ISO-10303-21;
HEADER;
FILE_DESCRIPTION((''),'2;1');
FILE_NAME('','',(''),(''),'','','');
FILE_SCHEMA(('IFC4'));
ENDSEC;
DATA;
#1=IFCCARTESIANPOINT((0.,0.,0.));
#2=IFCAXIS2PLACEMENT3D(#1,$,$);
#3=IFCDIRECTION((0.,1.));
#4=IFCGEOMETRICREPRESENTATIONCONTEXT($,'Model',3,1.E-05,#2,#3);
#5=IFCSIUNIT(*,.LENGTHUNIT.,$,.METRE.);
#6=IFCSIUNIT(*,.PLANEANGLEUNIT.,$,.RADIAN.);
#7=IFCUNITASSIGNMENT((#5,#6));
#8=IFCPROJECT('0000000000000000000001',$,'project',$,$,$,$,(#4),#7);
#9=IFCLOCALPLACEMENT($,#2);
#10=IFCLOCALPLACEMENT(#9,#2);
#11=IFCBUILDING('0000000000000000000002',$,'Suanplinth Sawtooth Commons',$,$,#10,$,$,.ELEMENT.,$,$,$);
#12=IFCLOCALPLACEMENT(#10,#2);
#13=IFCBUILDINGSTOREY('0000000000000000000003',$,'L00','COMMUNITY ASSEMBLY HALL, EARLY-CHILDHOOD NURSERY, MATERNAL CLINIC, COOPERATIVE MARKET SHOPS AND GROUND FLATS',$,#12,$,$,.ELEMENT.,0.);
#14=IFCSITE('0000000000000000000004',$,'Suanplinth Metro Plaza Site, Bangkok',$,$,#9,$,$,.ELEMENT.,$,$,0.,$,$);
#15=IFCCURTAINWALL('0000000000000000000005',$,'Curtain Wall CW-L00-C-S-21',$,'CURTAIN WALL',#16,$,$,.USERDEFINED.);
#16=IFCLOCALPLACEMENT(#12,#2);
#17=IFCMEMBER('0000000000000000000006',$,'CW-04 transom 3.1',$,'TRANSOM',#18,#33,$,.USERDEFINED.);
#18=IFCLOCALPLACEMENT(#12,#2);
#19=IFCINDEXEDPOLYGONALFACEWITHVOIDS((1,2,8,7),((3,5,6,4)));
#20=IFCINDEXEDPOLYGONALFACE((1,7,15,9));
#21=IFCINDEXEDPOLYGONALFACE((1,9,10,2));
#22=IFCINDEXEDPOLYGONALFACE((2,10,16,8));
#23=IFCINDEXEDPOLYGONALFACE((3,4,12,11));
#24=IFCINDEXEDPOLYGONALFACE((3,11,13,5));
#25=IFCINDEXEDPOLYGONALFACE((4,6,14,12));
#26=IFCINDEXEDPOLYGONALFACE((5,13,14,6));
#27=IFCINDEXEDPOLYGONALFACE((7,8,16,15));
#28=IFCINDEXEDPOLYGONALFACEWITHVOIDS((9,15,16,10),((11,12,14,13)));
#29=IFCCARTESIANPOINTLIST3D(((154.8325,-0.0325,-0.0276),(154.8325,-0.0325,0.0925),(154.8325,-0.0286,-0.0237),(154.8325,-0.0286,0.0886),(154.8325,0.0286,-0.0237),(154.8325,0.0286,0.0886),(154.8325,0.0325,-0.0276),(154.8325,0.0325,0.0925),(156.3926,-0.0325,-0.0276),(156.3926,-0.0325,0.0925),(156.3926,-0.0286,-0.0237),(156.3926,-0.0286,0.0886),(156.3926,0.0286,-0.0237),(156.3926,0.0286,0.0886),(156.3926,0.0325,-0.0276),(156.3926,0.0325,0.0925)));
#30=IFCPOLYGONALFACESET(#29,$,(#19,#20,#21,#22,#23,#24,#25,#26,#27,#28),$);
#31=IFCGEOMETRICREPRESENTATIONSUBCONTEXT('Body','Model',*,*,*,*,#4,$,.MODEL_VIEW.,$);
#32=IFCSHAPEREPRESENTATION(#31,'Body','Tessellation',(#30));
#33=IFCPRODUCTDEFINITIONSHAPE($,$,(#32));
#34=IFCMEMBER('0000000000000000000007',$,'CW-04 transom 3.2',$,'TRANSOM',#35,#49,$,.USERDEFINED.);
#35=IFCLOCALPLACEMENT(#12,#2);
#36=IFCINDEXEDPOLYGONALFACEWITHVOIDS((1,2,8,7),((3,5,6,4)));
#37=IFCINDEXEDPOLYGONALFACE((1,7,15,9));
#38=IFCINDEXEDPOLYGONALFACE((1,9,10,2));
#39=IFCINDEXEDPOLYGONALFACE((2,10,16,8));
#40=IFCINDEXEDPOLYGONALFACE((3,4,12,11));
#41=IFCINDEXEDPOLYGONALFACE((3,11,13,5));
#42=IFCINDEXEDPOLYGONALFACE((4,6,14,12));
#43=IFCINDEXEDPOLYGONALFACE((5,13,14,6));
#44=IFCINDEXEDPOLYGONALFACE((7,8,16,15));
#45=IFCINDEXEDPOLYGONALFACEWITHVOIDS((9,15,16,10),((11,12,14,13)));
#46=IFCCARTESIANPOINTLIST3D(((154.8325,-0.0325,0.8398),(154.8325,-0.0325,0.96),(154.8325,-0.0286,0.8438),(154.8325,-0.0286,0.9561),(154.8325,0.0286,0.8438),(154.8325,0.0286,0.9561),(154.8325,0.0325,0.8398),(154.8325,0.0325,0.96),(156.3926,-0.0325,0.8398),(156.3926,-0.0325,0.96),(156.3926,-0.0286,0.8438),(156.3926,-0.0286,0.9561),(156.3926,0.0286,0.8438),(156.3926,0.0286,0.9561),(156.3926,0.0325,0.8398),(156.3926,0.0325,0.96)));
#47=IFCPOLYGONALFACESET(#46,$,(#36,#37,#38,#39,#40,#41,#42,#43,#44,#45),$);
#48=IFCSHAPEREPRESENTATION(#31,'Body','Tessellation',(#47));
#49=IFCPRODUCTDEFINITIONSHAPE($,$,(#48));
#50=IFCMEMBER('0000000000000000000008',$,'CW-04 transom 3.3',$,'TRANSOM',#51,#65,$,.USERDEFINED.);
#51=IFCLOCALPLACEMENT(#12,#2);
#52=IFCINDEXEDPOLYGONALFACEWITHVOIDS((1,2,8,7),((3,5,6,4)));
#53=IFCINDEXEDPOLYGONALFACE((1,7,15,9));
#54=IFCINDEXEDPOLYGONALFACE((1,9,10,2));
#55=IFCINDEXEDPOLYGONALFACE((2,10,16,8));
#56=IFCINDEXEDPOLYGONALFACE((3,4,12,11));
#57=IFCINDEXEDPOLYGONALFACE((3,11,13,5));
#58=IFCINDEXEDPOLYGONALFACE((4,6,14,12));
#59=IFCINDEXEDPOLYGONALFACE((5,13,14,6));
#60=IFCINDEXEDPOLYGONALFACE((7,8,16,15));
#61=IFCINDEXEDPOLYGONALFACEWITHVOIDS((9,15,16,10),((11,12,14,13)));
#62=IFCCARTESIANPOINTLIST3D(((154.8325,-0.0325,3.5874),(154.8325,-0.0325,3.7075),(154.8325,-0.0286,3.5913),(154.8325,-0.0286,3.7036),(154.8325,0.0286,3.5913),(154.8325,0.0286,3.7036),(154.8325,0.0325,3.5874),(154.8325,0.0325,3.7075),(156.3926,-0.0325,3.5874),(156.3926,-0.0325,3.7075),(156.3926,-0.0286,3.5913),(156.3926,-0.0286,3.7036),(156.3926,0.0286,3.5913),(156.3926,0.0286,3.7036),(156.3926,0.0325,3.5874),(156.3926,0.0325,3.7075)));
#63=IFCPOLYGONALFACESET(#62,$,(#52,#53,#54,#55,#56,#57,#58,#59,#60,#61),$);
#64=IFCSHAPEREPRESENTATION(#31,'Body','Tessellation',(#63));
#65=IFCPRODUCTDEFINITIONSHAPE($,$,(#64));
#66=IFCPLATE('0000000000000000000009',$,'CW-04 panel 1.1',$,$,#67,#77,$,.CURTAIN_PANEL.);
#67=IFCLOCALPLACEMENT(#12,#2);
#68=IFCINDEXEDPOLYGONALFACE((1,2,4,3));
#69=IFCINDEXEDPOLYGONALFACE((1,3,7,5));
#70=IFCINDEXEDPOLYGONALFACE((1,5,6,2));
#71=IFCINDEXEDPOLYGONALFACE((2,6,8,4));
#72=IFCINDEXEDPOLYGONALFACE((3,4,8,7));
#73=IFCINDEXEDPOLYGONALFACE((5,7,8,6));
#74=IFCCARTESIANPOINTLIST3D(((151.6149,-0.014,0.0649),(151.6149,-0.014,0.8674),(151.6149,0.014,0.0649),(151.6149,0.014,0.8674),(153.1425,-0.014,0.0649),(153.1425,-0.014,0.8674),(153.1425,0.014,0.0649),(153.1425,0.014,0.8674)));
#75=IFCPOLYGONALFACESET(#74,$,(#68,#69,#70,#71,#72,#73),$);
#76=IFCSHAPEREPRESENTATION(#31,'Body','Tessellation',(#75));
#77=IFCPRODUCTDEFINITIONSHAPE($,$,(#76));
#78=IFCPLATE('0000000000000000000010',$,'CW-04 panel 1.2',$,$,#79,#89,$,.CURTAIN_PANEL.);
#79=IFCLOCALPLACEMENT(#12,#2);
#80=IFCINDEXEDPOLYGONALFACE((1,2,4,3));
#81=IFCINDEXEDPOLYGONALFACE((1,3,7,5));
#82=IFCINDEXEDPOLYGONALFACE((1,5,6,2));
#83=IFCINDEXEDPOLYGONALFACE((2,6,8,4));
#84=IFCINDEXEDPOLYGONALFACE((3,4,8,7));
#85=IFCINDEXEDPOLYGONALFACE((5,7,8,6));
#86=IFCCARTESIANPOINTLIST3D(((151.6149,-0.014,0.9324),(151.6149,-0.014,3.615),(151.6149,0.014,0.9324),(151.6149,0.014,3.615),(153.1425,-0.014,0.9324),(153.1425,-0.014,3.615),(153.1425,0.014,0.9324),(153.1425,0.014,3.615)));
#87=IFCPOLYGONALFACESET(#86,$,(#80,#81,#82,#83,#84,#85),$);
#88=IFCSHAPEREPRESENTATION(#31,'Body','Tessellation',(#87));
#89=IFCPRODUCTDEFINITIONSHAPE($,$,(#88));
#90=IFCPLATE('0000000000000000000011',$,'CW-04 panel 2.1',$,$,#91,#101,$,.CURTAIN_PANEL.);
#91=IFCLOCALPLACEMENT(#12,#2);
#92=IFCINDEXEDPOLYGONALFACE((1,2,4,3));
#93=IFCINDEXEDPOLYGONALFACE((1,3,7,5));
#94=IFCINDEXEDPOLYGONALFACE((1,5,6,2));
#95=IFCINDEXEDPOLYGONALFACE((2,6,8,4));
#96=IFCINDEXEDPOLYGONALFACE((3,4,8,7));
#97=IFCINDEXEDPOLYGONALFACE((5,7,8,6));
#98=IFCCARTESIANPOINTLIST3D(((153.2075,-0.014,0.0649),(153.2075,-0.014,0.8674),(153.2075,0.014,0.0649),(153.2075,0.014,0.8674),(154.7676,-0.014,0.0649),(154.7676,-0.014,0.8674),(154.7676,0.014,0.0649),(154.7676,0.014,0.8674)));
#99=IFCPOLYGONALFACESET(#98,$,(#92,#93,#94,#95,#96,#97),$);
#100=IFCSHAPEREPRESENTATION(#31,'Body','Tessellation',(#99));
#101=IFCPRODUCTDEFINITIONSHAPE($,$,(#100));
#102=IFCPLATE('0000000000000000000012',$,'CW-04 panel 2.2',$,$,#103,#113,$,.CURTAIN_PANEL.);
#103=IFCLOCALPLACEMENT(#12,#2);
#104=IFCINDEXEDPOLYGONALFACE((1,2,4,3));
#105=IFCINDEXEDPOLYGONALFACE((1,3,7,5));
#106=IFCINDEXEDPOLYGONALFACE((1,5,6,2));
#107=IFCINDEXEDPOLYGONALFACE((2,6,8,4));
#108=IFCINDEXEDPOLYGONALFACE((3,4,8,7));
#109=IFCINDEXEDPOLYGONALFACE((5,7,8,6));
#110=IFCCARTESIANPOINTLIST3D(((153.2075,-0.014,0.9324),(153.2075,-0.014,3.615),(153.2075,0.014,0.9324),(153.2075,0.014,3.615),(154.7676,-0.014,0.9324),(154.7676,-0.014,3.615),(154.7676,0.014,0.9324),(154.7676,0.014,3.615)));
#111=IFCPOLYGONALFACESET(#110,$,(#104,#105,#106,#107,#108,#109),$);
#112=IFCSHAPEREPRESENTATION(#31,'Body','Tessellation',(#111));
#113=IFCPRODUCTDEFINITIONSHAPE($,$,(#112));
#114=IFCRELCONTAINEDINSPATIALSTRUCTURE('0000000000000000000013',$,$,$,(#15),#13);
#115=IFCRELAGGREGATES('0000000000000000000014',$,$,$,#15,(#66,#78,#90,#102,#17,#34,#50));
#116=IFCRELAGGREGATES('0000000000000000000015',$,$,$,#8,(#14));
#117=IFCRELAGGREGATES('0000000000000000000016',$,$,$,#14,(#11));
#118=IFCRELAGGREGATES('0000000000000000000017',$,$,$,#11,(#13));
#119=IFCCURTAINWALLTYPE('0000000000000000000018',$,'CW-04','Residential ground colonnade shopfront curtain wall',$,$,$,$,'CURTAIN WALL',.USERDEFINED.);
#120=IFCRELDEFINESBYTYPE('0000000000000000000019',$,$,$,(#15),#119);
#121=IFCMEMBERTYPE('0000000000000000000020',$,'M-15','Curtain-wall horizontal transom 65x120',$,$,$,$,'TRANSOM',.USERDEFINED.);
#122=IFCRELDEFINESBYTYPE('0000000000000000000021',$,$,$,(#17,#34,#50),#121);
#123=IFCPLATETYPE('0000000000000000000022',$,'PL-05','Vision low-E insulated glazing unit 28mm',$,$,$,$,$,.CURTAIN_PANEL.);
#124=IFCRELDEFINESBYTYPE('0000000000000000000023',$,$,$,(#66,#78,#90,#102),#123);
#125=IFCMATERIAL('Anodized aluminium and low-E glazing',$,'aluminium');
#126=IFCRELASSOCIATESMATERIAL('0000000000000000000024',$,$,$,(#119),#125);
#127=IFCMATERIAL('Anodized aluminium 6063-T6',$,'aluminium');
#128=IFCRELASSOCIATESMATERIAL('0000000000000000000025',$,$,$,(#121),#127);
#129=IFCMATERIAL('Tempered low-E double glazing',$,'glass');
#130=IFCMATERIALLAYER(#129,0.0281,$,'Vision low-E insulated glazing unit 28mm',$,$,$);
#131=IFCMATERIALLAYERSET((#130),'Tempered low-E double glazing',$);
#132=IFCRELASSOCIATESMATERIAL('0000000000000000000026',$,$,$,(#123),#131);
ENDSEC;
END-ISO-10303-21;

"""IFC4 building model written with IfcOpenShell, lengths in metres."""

from ifc_helpers import new_model, si_unit, direction, frame, origin, origin_2d, place, context, subcontext, project, spatial, rectangle, hollow_rectangle, extrude, material, layer, layer_set, material_profile, profile_set, type_object, element, aggregate, save


model = new_model("IFC4")

# Units and contexts
model_context = context("Model", 3, precision=1e-05, world=origin(), true_north=direction((0.0, 1.0)))
body_context = subcontext(model_context, "Body", "Model", "MODEL_VIEW")
ifc_project = project(units=[si_unit("LENGTHUNIT", "METRE"), si_unit("PLANEANGLEUNIT", "RADIAN")], contexts=[model_context])

# Site, building, storey
site_placement = place(None, origin())
site = spatial("IfcSite", under=ifc_project, at=site_placement, Name="Suanplinth Metro Plaza Site, Bangkok", CompositionType="ELEMENT", RefElevation=0.0)
building_placement = place(site_placement, origin())
building = spatial("IfcBuilding", under=site, at=building_placement, Name="Suanplinth Sawtooth Commons", CompositionType="ELEMENT")
storey_placement = place(building_placement, origin())
storey = spatial("IfcBuildingStorey", under=building, at=storey_placement, Name="L00", Description="COMMUNITY ASSEMBLY HALL, EARLY-CHILDHOOD NURSERY, MATERNAL CLINIC, COOPERATIVE MARKET SHOPS AND GROUND FLATS", CompositionType="ELEMENT", Elevation=0.0)

# Curtain wall, members, plates
ifc_material_1 = material(Name="Anodized aluminium and low-E glazing", Category="aluminium")
curtain_wall_type = type_object("IfcCurtainWallType", Name="CW-04", Description="Residential ground colonnade shopfront curtain wall", ElementType="CURTAIN WALL", PredefinedType="USERDEFINED", material=ifc_material_1)
curtain_wall_placement = place(storey_placement, origin())
curtain_wall = element("IfcCurtainWall", 1, at=curtain_wall_placement, inside=storey, type_object=curtain_wall_type, Name="Curtain Wall CW-L00-C-S-21", ObjectType="CURTAIN WALL", PredefinedType="USERDEFINED")
ifc_material_2 = material(Name="Anodized aluminium 6063-T6", Category="aluminium")
ifc_material_profile_1 = material_profile(ifc_material_2, hollow_rectangle(XDim=0.0649, YDim=0.1201, WallThickness=0.0039, at=origin_2d()), Name="ALU-TRN 65x120")
ifc_profile_set_1 = profile_set([ifc_material_profile_1], Name="Anodized aluminium 6063-T6")
member_type_1 = type_object("IfcMemberType", Name="M-15", Description="Curtain-wall horizontal transom 65x120", ElementType="TRANSOM", PredefinedType="USERDEFINED", material=ifc_profile_set_1)
member_1_placement = place(storey_placement, frame((154.8325, 0.0, 0.0325), z_axis=(1.0, 0.0, 0.0), x_axis=(0.0, 1.0, 0.0)))
member_1 = element("IfcMember", 2, at=member_1_placement, type_object=member_type_1, Name="CW-04 transom 3.1", ObjectType="TRANSOM", PredefinedType="USERDEFINED", context=body_context, shape_type="SweptSolid", body=[
    extrude(hollow_rectangle(XDim=0.0649, YDim=0.1201, WallThickness=0.0039, at=origin_2d()), origin(), (0.0, 0.0, 1.0), 1.5601),
])
member_2_placement = place(storey_placement, frame((154.8325, 0.0, 0.8999), z_axis=(1.0, 0.0, 0.0), x_axis=(0.0, 1.0, 0.0)))
member_2 = element("IfcMember", 3, at=member_2_placement, type_object=member_type_1, Name="CW-04 transom 3.2", ObjectType="TRANSOM", PredefinedType="USERDEFINED", context=body_context, shape_type="SweptSolid", body=[
    extrude(hollow_rectangle(XDim=0.0649, YDim=0.1201, WallThickness=0.0039, at=origin_2d()), origin(), (0.0, 0.0, 1.0), 1.5601),
])
member_3_placement = place(storey_placement, frame((154.8325, 0.0, 3.6475), z_axis=(1.0, 0.0, 0.0), x_axis=(0.0, 1.0, 0.0)))
member_3 = element("IfcMember", 4, at=member_3_placement, type_object=member_type_1, Name="CW-04 transom 3.3", ObjectType="TRANSOM", PredefinedType="USERDEFINED", context=body_context, shape_type="SweptSolid", body=[
    extrude(hollow_rectangle(XDim=0.0649, YDim=0.1201, WallThickness=0.0039, at=origin_2d()), origin(), (0.0, 0.0, 1.0), 1.5601),
])
ifc_material_3 = material(Name="Tempered low-E double glazing", Category="glass")
ifc_layer = layer(ifc_material_3, 0.0281, Name="Vision low-E insulated glazing unit 28mm")
ifc_layer_set = layer_set([ifc_layer], Name="Tempered low-E double glazing")
plate_type = type_object("IfcPlateType", Name="PL-05", Description="Vision low-E insulated glazing unit 28mm", PredefinedType="CURTAIN_PANEL", material=ifc_layer_set)
plate_1_placement = place(storey_placement, frame((152.3787, 0.0, 0.0649), z_axis=(0.0, 0.0, 1.0), x_axis=(1.0, 0.0, 0.0)))
plate_1 = element("IfcPlate", 5, at=plate_1_placement, type_object=plate_type, Name="CW-04 panel 1.1", PredefinedType="CURTAIN_PANEL", context=body_context, shape_type="SweptSolid", body=[
    extrude(rectangle(XDim=1.5276, YDim=0.0281, at=origin_2d()), origin(), (0.0, 0.0, 1.0), 0.8025),
])
plate_2_placement = place(storey_placement, frame((152.3787, 0.0, 0.9324), z_axis=(0.0, 0.0, 1.0), x_axis=(1.0, 0.0, 0.0)))
plate_2 = element("IfcPlate", 6, at=plate_2_placement, type_object=plate_type, Name="CW-04 panel 1.2", PredefinedType="CURTAIN_PANEL", context=body_context, shape_type="SweptSolid", body=[
    extrude(rectangle(XDim=1.5276, YDim=0.0281, at=origin_2d()), origin(), (0.0, 0.0, 1.0), 2.6826),
])
plate_3_placement = place(storey_placement, frame((153.9875, 0.0, 0.0649), z_axis=(0.0, 0.0, 1.0), x_axis=(1.0, 0.0, 0.0)))
plate_3 = element("IfcPlate", 7, at=plate_3_placement, type_object=plate_type, Name="CW-04 panel 2.1", PredefinedType="CURTAIN_PANEL", context=body_context, shape_type="SweptSolid", body=[
    extrude(rectangle(XDim=1.5601, YDim=0.0281, at=origin_2d()), origin(), (0.0, 0.0, 1.0), 0.8025),
])
plate_4_placement = place(storey_placement, frame((153.9875, 0.0, 0.9324), z_axis=(0.0, 0.0, 1.0), x_axis=(1.0, 0.0, 0.0)))
plate_4 = element("IfcPlate", 8, at=plate_4_placement, type_object=plate_type, Name="CW-04 panel 2.2", PredefinedType="CURTAIN_PANEL", context=body_context, shape_type="SweptSolid", body=[
    extrude(rectangle(XDim=1.5601, YDim=0.0281, at=origin_2d()), origin(), (0.0, 0.0, 1.0), 2.6826),
])
aggregate(curtain_wall, [plate_1, plate_2, plate_3, plate_4, member_1, member_2, member_3])

save(model, "model.ifc")
